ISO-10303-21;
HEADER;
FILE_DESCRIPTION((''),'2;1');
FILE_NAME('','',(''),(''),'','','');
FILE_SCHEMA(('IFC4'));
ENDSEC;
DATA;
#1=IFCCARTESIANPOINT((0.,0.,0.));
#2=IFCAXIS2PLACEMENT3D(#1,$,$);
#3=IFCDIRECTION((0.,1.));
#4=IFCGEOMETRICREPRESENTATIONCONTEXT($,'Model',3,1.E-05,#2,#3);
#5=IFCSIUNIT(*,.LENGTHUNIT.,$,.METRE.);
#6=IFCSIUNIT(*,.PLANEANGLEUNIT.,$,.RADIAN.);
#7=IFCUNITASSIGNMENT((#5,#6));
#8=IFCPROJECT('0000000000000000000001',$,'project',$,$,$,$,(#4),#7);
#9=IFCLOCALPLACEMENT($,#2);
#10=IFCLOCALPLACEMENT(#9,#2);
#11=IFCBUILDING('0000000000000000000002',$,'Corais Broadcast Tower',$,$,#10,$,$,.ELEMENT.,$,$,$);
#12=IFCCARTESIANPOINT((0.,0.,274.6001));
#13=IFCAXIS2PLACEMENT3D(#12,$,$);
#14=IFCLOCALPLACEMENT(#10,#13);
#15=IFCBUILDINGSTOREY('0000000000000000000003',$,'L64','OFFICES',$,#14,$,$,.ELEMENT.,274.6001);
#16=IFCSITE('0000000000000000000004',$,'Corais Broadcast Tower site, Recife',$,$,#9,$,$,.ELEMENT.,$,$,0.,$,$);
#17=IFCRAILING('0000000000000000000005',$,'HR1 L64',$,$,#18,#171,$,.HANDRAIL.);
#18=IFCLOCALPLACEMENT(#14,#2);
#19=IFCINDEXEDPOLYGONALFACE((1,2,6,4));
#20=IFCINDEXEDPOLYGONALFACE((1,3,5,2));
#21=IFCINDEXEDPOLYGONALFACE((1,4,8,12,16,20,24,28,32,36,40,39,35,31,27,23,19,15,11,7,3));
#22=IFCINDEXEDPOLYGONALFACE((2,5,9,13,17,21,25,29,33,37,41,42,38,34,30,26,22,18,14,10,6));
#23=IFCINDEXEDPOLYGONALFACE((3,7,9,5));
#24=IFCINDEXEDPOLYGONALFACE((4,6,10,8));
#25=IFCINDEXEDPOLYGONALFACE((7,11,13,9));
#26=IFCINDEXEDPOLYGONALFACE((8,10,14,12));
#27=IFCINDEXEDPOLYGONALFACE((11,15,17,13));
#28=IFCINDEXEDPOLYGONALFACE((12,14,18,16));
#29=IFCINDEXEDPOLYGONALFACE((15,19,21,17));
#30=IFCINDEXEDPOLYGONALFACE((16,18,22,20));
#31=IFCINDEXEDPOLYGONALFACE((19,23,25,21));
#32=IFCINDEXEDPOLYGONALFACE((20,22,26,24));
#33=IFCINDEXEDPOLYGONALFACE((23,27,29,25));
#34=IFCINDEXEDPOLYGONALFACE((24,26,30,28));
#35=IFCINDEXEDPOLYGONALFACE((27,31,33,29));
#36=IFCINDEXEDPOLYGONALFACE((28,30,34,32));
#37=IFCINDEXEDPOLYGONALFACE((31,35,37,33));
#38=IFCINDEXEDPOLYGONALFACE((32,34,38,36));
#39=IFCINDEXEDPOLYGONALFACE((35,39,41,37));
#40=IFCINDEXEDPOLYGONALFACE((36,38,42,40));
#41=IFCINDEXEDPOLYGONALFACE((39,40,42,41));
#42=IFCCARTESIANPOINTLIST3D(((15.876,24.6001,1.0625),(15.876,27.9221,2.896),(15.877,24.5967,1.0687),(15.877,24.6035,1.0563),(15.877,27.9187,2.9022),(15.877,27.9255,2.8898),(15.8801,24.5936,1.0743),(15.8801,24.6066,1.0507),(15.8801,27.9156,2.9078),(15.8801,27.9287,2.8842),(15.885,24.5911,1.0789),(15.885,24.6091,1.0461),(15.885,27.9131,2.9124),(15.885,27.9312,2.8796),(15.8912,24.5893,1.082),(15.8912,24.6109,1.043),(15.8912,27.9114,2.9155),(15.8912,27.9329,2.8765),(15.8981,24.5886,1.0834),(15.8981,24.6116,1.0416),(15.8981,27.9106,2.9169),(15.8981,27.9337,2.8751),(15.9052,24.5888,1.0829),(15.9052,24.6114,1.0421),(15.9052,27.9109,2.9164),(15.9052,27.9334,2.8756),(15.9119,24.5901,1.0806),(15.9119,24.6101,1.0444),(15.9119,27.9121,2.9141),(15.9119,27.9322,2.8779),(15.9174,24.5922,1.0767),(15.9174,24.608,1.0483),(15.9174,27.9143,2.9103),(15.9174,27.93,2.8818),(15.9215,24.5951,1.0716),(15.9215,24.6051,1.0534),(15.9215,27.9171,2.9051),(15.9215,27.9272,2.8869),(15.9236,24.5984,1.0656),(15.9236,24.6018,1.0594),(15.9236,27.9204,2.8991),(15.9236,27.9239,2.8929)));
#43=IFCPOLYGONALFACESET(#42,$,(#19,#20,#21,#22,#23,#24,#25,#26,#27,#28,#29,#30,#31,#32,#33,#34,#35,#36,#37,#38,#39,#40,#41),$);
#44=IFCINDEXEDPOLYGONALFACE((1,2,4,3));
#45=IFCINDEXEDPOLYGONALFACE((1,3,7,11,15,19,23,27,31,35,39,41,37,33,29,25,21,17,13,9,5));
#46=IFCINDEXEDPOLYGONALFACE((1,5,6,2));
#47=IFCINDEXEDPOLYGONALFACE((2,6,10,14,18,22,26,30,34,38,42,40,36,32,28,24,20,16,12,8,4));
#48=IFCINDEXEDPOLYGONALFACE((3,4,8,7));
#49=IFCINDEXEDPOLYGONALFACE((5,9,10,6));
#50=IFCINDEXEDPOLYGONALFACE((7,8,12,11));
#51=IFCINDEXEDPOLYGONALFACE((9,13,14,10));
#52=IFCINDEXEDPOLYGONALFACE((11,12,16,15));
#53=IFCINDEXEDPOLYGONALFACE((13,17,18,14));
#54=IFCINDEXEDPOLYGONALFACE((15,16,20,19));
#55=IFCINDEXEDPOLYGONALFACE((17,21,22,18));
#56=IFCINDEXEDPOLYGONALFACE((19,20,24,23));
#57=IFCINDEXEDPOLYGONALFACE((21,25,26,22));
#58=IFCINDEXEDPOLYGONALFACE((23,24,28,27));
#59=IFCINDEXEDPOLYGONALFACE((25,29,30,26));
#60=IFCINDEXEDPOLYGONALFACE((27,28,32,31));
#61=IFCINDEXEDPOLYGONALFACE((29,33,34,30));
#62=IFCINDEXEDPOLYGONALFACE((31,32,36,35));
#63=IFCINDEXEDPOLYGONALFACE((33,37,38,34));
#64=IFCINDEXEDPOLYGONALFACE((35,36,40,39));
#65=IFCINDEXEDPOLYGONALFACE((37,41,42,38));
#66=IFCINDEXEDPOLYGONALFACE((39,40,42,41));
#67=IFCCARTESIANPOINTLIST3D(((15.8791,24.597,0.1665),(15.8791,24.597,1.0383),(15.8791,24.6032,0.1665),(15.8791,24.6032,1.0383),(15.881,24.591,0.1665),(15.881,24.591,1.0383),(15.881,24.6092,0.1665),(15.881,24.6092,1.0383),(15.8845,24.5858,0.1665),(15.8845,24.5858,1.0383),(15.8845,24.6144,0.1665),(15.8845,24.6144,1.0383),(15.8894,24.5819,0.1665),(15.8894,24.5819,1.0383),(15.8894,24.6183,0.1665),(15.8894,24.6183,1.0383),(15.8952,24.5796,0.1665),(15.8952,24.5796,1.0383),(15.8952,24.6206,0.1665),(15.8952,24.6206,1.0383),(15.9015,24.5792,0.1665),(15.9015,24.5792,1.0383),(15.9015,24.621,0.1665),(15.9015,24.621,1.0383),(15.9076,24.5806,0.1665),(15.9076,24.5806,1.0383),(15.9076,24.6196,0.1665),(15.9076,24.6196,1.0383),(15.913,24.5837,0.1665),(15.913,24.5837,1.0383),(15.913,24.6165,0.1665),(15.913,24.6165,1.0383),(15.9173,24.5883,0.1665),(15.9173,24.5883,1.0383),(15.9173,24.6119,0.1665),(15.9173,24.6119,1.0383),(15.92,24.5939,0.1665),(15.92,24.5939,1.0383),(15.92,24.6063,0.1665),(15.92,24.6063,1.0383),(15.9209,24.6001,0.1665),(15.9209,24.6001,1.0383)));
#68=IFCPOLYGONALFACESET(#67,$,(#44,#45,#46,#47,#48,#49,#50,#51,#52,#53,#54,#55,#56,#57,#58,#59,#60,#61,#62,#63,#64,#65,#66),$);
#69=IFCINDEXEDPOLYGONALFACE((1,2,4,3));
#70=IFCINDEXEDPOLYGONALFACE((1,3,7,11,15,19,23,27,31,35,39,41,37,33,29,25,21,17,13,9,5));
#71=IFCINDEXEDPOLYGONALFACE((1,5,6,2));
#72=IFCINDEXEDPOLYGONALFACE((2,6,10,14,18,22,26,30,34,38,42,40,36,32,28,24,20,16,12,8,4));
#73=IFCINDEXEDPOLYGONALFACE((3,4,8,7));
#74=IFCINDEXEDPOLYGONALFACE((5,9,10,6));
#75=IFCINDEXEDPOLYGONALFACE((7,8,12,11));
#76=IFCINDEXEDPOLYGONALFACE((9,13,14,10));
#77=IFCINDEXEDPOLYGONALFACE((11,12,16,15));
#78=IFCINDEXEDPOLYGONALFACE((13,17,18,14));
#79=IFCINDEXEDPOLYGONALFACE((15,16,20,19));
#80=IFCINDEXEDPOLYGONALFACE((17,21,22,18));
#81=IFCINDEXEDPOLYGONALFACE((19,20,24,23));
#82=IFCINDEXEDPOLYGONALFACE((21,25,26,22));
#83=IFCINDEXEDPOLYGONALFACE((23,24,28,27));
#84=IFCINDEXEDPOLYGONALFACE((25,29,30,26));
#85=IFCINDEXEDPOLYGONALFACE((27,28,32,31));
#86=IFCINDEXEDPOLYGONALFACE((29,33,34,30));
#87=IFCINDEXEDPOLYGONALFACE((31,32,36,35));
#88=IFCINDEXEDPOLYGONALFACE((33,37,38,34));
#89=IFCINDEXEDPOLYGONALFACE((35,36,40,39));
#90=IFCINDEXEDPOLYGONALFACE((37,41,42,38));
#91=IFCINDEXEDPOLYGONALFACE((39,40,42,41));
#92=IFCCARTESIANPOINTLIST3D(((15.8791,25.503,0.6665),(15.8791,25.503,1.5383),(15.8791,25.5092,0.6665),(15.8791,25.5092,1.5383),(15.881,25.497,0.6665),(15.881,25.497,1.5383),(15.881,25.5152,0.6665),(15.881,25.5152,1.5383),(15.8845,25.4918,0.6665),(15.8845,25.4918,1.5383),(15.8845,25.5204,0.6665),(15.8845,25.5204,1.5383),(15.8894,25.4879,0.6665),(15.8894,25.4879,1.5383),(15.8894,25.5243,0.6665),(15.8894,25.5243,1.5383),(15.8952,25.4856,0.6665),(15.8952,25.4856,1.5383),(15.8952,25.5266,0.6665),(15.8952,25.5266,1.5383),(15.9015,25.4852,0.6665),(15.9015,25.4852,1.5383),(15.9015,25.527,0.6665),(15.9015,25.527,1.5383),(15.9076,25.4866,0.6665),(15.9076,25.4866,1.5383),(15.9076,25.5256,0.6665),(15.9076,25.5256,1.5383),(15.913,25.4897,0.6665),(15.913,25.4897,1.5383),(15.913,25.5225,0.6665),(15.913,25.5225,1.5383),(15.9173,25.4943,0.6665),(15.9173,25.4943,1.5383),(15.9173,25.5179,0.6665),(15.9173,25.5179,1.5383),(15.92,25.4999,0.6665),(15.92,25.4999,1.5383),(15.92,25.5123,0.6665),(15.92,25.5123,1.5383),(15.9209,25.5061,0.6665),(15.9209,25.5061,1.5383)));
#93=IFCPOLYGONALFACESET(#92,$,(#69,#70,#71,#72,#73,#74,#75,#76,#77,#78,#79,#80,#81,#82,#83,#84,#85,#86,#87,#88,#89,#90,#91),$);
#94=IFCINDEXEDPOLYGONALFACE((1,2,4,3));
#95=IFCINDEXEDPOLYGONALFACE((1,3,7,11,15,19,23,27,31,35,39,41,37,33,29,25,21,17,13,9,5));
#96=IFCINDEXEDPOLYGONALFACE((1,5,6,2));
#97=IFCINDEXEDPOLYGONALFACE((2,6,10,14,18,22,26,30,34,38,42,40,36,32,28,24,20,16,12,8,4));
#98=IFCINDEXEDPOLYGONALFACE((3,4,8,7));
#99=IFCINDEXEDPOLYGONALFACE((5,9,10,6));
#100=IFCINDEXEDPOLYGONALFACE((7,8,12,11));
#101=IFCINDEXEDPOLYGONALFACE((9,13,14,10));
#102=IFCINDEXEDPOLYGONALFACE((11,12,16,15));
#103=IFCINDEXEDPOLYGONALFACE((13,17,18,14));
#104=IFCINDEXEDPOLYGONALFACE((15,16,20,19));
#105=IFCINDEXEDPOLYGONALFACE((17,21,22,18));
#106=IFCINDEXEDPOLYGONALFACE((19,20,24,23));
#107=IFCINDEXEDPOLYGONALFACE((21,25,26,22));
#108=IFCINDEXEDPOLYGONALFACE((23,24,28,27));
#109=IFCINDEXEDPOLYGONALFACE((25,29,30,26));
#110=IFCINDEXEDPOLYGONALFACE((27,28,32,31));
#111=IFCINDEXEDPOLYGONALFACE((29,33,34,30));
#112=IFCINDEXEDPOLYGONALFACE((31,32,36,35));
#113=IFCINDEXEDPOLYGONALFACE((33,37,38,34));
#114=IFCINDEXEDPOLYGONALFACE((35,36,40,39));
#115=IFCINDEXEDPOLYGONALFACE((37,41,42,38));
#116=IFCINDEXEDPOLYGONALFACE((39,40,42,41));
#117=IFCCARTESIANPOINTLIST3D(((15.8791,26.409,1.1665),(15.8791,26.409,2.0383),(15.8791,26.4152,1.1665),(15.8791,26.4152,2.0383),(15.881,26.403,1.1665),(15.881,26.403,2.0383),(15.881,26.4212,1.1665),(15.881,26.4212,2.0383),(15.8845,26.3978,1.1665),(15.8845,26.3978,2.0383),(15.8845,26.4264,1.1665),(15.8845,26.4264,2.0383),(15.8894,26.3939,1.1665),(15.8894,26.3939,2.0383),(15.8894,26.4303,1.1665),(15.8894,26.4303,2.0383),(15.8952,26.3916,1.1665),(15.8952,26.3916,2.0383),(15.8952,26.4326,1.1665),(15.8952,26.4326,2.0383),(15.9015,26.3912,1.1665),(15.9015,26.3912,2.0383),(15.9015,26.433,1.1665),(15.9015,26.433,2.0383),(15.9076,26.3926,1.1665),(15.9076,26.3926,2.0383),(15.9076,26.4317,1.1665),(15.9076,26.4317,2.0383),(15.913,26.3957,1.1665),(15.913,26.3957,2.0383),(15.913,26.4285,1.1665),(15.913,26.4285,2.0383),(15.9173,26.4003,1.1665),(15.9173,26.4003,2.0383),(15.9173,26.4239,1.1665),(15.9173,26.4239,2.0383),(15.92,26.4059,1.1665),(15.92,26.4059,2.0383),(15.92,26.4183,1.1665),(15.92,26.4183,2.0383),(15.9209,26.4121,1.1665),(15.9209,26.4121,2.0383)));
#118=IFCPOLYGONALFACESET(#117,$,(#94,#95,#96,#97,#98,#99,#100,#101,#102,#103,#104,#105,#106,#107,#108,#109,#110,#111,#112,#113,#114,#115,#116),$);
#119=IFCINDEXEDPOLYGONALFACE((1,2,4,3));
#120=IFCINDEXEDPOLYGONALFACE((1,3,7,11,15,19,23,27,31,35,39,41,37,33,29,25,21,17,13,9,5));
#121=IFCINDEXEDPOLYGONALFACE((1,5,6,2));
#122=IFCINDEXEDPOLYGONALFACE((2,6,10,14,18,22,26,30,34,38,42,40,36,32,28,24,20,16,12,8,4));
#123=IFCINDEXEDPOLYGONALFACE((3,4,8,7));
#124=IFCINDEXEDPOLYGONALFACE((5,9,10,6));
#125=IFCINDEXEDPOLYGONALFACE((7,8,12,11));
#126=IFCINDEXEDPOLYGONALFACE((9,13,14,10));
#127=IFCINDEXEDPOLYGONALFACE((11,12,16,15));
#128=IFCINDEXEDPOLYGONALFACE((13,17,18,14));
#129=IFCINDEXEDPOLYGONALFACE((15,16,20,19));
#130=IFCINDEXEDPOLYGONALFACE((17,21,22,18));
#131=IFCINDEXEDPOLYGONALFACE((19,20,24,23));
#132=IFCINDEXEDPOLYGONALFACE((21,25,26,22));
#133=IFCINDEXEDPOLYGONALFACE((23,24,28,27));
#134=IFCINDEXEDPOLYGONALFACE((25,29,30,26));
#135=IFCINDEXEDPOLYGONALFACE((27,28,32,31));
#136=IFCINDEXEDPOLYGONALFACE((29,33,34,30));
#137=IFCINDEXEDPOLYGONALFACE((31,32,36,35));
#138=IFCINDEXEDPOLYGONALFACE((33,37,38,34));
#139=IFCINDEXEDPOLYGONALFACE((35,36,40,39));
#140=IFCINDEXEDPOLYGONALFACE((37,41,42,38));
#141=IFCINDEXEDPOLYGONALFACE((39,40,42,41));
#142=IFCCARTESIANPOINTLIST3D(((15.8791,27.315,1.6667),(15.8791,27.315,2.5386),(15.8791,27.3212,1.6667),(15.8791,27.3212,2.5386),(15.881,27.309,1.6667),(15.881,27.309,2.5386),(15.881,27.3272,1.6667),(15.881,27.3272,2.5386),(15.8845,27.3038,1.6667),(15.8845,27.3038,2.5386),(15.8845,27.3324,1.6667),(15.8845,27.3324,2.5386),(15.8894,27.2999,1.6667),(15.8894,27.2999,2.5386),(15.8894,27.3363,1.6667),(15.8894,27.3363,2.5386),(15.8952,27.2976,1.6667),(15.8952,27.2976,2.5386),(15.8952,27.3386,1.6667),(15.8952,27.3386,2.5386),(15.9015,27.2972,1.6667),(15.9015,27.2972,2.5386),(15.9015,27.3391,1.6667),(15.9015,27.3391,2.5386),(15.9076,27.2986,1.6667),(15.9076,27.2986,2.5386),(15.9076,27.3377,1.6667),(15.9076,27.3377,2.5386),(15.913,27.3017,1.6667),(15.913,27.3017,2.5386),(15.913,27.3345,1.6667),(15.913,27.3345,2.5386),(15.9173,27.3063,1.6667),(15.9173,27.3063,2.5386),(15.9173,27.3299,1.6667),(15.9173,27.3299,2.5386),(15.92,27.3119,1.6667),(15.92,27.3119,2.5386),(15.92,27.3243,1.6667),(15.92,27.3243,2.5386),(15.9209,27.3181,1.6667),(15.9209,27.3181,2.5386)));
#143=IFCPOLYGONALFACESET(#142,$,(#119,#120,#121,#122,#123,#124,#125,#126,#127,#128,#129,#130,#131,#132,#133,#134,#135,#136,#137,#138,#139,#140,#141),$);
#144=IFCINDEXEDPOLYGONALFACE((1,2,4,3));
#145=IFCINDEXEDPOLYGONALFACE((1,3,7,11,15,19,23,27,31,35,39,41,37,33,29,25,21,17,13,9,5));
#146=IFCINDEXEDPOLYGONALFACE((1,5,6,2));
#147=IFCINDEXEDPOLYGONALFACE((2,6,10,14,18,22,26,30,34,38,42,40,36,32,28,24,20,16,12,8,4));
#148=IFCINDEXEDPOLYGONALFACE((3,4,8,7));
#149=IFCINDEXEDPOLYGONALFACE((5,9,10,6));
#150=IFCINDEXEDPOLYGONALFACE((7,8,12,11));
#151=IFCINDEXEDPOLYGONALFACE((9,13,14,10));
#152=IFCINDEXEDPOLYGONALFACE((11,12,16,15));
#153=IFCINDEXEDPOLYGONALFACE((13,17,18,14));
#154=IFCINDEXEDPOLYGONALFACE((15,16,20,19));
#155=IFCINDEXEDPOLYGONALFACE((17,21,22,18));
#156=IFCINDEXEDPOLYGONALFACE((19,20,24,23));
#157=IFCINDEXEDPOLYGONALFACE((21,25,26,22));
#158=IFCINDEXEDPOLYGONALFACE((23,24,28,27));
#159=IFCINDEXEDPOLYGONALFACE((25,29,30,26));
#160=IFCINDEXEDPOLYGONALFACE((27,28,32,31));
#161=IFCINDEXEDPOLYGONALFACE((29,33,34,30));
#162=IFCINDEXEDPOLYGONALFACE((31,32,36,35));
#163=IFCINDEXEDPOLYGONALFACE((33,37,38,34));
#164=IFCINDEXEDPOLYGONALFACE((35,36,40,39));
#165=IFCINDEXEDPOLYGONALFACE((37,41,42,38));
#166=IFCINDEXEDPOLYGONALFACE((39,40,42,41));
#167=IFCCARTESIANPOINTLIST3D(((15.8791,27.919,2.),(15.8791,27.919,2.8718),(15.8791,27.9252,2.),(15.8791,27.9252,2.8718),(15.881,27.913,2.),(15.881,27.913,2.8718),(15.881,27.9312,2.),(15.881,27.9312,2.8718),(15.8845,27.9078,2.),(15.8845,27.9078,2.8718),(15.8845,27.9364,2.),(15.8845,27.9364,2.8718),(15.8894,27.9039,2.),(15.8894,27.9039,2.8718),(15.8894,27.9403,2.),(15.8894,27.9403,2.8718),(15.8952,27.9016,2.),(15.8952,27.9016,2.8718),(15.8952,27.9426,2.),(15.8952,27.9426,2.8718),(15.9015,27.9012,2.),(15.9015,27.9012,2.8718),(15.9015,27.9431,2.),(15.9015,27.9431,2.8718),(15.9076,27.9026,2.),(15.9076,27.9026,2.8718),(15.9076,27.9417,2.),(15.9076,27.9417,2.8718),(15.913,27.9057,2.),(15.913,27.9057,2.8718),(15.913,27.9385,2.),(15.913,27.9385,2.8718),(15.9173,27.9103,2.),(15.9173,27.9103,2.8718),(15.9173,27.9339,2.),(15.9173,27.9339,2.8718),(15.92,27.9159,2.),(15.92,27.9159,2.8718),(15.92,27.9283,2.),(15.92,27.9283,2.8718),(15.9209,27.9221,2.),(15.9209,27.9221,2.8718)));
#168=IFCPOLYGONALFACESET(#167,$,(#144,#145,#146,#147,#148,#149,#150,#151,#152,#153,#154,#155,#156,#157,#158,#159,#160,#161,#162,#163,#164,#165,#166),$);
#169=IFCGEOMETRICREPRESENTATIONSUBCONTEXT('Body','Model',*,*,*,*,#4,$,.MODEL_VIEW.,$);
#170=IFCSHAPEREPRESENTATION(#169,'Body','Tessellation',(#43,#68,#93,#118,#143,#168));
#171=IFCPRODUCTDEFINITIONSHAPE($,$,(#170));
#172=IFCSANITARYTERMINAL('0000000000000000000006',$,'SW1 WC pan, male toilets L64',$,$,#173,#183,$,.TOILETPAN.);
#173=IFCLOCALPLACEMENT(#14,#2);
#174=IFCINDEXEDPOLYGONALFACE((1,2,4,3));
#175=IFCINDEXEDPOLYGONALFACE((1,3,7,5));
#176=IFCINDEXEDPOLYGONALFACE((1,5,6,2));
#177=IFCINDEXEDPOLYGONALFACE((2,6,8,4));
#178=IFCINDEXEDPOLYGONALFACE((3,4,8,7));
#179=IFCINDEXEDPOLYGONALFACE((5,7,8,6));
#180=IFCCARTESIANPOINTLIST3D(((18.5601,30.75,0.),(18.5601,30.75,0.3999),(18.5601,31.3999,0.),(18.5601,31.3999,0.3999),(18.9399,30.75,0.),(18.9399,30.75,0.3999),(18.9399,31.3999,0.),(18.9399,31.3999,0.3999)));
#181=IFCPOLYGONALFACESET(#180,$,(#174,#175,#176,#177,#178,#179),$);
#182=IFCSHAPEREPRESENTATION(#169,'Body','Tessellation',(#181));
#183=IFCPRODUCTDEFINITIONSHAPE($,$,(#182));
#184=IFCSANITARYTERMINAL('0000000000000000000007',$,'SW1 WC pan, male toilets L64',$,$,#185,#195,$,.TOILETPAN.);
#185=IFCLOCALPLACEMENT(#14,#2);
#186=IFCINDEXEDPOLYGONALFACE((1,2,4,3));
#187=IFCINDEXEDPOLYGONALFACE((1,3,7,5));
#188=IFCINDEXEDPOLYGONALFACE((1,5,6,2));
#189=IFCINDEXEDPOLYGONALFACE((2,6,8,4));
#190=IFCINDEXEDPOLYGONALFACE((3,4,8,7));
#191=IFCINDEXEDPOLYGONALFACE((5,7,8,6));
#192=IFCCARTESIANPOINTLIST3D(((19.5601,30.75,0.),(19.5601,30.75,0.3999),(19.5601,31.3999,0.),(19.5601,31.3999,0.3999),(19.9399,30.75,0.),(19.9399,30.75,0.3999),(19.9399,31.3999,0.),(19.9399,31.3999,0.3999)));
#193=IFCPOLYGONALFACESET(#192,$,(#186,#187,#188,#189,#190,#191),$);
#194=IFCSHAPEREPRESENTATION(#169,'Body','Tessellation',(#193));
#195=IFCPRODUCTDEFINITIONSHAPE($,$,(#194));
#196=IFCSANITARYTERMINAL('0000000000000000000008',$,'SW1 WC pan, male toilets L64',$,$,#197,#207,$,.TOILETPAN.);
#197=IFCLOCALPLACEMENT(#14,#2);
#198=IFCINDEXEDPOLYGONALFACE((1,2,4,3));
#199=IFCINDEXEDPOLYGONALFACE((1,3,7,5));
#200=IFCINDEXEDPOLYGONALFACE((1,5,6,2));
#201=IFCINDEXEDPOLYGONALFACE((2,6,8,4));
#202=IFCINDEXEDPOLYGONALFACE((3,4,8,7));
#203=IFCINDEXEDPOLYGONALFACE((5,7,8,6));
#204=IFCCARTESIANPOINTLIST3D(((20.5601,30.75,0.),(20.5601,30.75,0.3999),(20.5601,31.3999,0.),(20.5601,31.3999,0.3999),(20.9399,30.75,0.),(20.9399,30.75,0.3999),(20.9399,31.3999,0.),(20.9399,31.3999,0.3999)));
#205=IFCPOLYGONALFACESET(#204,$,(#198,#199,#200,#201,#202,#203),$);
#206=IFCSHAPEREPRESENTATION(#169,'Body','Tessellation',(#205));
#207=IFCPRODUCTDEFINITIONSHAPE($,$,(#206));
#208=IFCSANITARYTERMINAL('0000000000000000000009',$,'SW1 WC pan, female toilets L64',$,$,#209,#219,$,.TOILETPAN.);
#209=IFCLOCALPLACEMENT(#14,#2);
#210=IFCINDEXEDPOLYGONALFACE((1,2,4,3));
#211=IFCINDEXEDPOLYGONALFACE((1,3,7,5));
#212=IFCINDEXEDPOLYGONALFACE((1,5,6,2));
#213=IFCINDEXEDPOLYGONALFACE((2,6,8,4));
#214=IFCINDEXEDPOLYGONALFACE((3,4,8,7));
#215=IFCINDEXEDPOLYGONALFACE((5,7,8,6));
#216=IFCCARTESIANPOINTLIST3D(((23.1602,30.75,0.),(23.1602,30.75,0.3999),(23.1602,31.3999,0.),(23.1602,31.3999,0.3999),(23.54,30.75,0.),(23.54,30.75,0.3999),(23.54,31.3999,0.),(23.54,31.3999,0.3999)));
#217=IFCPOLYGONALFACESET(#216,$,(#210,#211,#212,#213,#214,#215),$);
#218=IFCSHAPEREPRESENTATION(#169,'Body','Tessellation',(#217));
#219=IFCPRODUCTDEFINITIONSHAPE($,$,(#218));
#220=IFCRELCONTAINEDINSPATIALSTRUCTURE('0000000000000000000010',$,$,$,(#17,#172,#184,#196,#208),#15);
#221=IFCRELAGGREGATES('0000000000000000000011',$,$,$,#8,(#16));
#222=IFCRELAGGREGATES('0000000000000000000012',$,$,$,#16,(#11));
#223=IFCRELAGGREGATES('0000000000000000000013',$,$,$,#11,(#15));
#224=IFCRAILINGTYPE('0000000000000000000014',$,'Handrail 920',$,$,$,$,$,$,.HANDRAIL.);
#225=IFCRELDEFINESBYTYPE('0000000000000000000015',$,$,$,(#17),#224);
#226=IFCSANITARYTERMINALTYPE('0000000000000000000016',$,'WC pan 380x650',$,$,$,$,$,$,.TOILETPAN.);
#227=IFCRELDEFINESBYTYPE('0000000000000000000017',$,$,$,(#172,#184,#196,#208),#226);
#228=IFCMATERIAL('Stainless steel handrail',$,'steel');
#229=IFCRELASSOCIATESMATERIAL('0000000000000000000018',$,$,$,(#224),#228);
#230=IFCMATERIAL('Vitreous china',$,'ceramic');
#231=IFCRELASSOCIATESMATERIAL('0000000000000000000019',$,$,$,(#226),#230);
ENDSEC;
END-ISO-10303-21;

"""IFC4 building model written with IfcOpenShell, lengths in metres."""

from ifc_helpers import new_model, si_unit, direction, frame, origin, origin_2d, place, context, subcontext, project, spatial, rectangle, circle, extrude, material, type_object, element, save


model = new_model("IFC4")

# Units and contexts
model_context = context("Model", 3, precision=1e-05, world=origin(), true_north=direction((0.0, 1.0)))
body_context = subcontext(model_context, "Body", "Model", "MODEL_VIEW")
ifc_project = project(units=[si_unit("LENGTHUNIT", "METRE"), si_unit("PLANEANGLEUNIT", "RADIAN")], contexts=[model_context])

# Site, building, storey
site_placement = place(None, origin())
site = spatial("IfcSite", under=ifc_project, at=site_placement, Name="Corais Broadcast Tower site, Recife", CompositionType="ELEMENT", RefElevation=0.0)
building_placement = place(site_placement, origin())
building = spatial("IfcBuilding", under=site, at=building_placement, Name="Corais Broadcast Tower", CompositionType="ELEMENT")
storey_placement = place(building_placement, frame((0.0, 0.0, 274.6001)))
storey = spatial("IfcBuildingStorey", under=building, at=storey_placement, Name="L64", Description="OFFICES", CompositionType="ELEMENT", Elevation=274.6001)

# Railing
ifc_material_1 = material(Name="Stainless steel handrail", Category="steel")
railing_type = type_object("IfcRailingType", Name="Handrail 920", PredefinedType="HANDRAIL", material=ifc_material_1)
for number, where, name in (
    (1, (15.8999, 24.6001, 0.1665), "HR1 L64"),
):
    element("IfcRailing", number, at=place(storey_placement, frame(where)), inside=storey, type_object=railing_type, Name=name, PredefinedType="HANDRAIL", context=body_context, shape_type="SweptSolid", body=[
        extrude(circle(Radius=0.0239, at=origin_2d()), frame((0.0, 0.0, 0.896), z_axis=(0.0, 0.875504, 0.48321), x_axis=(-1.0, 0.0, 0.0)), (0.0, 0.0, 1.0), 3.7944),
        extrude(circle(Radius=0.021, at=origin_2d()), origin(), (0.0, 0.0, 1.0), 0.8718),
        extrude(circle(Radius=0.021, at=origin_2d()), frame((0.0, 0.906, 0.5)), (0.0, 0.0, 1.0), 0.8718),
        extrude(circle(Radius=0.021, at=origin_2d()), frame((0.0, 1.812, 1.0)), (0.0, 0.0, 1.0), 0.8718),
        extrude(circle(Radius=0.021, at=origin_2d()), frame((0.0, 2.718, 1.5002)), (0.0, 0.0, 1.0), 0.8718),
        extrude(circle(Radius=0.021, at=origin_2d()), frame((0.0, 3.322, 1.8335)), (0.0, 0.0, 1.0), 0.8718),
    ])

# Sanitary terminals
ifc_material_2 = material(Name="Vitreous china", Category="ceramic")
sanitary_terminal_type_1 = type_object("IfcSanitaryTerminalType", Name="WC pan 380x650", PredefinedType="TOILETPAN", material=ifc_material_2)
for number, where, z_axis, x_axis, name in (
    (2, (18.75, 31.075, 0.0), (0.0, 0.0, 1.0), (1.0, 0.0, 0.0), "SW1 WC pan, male toilets L64"),
    (3, (19.75, 31.075, 0.0), (0.0, 0.0, 1.0), (1.0, 0.0, 0.0), "SW1 WC pan, male toilets L64"),
    (4, (20.75, 31.075, 0.0), (0.0, 0.0, 1.0), (1.0, 0.0, 0.0), "SW1 WC pan, male toilets L64"),
    (5, (23.3501, 31.075, 0.0), (0.0, 0.0, 1.0), (1.0, 0.0, 0.0), "SW1 WC pan, female toilets L64"),
):
    element("IfcSanitaryTerminal", number, at=place(storey_placement, frame(where, z_axis=z_axis, x_axis=x_axis)), inside=storey, type_object=sanitary_terminal_type_1, Name=name, PredefinedType="TOILETPAN", context=body_context, shape_type="SweptSolid", body=[
        extrude(rectangle(XDim=0.3799, YDim=0.6499, at=origin_2d()), origin(), (0.0, 0.0, 1.0), 0.3999),
    ])

save(model, "model.ifc")
